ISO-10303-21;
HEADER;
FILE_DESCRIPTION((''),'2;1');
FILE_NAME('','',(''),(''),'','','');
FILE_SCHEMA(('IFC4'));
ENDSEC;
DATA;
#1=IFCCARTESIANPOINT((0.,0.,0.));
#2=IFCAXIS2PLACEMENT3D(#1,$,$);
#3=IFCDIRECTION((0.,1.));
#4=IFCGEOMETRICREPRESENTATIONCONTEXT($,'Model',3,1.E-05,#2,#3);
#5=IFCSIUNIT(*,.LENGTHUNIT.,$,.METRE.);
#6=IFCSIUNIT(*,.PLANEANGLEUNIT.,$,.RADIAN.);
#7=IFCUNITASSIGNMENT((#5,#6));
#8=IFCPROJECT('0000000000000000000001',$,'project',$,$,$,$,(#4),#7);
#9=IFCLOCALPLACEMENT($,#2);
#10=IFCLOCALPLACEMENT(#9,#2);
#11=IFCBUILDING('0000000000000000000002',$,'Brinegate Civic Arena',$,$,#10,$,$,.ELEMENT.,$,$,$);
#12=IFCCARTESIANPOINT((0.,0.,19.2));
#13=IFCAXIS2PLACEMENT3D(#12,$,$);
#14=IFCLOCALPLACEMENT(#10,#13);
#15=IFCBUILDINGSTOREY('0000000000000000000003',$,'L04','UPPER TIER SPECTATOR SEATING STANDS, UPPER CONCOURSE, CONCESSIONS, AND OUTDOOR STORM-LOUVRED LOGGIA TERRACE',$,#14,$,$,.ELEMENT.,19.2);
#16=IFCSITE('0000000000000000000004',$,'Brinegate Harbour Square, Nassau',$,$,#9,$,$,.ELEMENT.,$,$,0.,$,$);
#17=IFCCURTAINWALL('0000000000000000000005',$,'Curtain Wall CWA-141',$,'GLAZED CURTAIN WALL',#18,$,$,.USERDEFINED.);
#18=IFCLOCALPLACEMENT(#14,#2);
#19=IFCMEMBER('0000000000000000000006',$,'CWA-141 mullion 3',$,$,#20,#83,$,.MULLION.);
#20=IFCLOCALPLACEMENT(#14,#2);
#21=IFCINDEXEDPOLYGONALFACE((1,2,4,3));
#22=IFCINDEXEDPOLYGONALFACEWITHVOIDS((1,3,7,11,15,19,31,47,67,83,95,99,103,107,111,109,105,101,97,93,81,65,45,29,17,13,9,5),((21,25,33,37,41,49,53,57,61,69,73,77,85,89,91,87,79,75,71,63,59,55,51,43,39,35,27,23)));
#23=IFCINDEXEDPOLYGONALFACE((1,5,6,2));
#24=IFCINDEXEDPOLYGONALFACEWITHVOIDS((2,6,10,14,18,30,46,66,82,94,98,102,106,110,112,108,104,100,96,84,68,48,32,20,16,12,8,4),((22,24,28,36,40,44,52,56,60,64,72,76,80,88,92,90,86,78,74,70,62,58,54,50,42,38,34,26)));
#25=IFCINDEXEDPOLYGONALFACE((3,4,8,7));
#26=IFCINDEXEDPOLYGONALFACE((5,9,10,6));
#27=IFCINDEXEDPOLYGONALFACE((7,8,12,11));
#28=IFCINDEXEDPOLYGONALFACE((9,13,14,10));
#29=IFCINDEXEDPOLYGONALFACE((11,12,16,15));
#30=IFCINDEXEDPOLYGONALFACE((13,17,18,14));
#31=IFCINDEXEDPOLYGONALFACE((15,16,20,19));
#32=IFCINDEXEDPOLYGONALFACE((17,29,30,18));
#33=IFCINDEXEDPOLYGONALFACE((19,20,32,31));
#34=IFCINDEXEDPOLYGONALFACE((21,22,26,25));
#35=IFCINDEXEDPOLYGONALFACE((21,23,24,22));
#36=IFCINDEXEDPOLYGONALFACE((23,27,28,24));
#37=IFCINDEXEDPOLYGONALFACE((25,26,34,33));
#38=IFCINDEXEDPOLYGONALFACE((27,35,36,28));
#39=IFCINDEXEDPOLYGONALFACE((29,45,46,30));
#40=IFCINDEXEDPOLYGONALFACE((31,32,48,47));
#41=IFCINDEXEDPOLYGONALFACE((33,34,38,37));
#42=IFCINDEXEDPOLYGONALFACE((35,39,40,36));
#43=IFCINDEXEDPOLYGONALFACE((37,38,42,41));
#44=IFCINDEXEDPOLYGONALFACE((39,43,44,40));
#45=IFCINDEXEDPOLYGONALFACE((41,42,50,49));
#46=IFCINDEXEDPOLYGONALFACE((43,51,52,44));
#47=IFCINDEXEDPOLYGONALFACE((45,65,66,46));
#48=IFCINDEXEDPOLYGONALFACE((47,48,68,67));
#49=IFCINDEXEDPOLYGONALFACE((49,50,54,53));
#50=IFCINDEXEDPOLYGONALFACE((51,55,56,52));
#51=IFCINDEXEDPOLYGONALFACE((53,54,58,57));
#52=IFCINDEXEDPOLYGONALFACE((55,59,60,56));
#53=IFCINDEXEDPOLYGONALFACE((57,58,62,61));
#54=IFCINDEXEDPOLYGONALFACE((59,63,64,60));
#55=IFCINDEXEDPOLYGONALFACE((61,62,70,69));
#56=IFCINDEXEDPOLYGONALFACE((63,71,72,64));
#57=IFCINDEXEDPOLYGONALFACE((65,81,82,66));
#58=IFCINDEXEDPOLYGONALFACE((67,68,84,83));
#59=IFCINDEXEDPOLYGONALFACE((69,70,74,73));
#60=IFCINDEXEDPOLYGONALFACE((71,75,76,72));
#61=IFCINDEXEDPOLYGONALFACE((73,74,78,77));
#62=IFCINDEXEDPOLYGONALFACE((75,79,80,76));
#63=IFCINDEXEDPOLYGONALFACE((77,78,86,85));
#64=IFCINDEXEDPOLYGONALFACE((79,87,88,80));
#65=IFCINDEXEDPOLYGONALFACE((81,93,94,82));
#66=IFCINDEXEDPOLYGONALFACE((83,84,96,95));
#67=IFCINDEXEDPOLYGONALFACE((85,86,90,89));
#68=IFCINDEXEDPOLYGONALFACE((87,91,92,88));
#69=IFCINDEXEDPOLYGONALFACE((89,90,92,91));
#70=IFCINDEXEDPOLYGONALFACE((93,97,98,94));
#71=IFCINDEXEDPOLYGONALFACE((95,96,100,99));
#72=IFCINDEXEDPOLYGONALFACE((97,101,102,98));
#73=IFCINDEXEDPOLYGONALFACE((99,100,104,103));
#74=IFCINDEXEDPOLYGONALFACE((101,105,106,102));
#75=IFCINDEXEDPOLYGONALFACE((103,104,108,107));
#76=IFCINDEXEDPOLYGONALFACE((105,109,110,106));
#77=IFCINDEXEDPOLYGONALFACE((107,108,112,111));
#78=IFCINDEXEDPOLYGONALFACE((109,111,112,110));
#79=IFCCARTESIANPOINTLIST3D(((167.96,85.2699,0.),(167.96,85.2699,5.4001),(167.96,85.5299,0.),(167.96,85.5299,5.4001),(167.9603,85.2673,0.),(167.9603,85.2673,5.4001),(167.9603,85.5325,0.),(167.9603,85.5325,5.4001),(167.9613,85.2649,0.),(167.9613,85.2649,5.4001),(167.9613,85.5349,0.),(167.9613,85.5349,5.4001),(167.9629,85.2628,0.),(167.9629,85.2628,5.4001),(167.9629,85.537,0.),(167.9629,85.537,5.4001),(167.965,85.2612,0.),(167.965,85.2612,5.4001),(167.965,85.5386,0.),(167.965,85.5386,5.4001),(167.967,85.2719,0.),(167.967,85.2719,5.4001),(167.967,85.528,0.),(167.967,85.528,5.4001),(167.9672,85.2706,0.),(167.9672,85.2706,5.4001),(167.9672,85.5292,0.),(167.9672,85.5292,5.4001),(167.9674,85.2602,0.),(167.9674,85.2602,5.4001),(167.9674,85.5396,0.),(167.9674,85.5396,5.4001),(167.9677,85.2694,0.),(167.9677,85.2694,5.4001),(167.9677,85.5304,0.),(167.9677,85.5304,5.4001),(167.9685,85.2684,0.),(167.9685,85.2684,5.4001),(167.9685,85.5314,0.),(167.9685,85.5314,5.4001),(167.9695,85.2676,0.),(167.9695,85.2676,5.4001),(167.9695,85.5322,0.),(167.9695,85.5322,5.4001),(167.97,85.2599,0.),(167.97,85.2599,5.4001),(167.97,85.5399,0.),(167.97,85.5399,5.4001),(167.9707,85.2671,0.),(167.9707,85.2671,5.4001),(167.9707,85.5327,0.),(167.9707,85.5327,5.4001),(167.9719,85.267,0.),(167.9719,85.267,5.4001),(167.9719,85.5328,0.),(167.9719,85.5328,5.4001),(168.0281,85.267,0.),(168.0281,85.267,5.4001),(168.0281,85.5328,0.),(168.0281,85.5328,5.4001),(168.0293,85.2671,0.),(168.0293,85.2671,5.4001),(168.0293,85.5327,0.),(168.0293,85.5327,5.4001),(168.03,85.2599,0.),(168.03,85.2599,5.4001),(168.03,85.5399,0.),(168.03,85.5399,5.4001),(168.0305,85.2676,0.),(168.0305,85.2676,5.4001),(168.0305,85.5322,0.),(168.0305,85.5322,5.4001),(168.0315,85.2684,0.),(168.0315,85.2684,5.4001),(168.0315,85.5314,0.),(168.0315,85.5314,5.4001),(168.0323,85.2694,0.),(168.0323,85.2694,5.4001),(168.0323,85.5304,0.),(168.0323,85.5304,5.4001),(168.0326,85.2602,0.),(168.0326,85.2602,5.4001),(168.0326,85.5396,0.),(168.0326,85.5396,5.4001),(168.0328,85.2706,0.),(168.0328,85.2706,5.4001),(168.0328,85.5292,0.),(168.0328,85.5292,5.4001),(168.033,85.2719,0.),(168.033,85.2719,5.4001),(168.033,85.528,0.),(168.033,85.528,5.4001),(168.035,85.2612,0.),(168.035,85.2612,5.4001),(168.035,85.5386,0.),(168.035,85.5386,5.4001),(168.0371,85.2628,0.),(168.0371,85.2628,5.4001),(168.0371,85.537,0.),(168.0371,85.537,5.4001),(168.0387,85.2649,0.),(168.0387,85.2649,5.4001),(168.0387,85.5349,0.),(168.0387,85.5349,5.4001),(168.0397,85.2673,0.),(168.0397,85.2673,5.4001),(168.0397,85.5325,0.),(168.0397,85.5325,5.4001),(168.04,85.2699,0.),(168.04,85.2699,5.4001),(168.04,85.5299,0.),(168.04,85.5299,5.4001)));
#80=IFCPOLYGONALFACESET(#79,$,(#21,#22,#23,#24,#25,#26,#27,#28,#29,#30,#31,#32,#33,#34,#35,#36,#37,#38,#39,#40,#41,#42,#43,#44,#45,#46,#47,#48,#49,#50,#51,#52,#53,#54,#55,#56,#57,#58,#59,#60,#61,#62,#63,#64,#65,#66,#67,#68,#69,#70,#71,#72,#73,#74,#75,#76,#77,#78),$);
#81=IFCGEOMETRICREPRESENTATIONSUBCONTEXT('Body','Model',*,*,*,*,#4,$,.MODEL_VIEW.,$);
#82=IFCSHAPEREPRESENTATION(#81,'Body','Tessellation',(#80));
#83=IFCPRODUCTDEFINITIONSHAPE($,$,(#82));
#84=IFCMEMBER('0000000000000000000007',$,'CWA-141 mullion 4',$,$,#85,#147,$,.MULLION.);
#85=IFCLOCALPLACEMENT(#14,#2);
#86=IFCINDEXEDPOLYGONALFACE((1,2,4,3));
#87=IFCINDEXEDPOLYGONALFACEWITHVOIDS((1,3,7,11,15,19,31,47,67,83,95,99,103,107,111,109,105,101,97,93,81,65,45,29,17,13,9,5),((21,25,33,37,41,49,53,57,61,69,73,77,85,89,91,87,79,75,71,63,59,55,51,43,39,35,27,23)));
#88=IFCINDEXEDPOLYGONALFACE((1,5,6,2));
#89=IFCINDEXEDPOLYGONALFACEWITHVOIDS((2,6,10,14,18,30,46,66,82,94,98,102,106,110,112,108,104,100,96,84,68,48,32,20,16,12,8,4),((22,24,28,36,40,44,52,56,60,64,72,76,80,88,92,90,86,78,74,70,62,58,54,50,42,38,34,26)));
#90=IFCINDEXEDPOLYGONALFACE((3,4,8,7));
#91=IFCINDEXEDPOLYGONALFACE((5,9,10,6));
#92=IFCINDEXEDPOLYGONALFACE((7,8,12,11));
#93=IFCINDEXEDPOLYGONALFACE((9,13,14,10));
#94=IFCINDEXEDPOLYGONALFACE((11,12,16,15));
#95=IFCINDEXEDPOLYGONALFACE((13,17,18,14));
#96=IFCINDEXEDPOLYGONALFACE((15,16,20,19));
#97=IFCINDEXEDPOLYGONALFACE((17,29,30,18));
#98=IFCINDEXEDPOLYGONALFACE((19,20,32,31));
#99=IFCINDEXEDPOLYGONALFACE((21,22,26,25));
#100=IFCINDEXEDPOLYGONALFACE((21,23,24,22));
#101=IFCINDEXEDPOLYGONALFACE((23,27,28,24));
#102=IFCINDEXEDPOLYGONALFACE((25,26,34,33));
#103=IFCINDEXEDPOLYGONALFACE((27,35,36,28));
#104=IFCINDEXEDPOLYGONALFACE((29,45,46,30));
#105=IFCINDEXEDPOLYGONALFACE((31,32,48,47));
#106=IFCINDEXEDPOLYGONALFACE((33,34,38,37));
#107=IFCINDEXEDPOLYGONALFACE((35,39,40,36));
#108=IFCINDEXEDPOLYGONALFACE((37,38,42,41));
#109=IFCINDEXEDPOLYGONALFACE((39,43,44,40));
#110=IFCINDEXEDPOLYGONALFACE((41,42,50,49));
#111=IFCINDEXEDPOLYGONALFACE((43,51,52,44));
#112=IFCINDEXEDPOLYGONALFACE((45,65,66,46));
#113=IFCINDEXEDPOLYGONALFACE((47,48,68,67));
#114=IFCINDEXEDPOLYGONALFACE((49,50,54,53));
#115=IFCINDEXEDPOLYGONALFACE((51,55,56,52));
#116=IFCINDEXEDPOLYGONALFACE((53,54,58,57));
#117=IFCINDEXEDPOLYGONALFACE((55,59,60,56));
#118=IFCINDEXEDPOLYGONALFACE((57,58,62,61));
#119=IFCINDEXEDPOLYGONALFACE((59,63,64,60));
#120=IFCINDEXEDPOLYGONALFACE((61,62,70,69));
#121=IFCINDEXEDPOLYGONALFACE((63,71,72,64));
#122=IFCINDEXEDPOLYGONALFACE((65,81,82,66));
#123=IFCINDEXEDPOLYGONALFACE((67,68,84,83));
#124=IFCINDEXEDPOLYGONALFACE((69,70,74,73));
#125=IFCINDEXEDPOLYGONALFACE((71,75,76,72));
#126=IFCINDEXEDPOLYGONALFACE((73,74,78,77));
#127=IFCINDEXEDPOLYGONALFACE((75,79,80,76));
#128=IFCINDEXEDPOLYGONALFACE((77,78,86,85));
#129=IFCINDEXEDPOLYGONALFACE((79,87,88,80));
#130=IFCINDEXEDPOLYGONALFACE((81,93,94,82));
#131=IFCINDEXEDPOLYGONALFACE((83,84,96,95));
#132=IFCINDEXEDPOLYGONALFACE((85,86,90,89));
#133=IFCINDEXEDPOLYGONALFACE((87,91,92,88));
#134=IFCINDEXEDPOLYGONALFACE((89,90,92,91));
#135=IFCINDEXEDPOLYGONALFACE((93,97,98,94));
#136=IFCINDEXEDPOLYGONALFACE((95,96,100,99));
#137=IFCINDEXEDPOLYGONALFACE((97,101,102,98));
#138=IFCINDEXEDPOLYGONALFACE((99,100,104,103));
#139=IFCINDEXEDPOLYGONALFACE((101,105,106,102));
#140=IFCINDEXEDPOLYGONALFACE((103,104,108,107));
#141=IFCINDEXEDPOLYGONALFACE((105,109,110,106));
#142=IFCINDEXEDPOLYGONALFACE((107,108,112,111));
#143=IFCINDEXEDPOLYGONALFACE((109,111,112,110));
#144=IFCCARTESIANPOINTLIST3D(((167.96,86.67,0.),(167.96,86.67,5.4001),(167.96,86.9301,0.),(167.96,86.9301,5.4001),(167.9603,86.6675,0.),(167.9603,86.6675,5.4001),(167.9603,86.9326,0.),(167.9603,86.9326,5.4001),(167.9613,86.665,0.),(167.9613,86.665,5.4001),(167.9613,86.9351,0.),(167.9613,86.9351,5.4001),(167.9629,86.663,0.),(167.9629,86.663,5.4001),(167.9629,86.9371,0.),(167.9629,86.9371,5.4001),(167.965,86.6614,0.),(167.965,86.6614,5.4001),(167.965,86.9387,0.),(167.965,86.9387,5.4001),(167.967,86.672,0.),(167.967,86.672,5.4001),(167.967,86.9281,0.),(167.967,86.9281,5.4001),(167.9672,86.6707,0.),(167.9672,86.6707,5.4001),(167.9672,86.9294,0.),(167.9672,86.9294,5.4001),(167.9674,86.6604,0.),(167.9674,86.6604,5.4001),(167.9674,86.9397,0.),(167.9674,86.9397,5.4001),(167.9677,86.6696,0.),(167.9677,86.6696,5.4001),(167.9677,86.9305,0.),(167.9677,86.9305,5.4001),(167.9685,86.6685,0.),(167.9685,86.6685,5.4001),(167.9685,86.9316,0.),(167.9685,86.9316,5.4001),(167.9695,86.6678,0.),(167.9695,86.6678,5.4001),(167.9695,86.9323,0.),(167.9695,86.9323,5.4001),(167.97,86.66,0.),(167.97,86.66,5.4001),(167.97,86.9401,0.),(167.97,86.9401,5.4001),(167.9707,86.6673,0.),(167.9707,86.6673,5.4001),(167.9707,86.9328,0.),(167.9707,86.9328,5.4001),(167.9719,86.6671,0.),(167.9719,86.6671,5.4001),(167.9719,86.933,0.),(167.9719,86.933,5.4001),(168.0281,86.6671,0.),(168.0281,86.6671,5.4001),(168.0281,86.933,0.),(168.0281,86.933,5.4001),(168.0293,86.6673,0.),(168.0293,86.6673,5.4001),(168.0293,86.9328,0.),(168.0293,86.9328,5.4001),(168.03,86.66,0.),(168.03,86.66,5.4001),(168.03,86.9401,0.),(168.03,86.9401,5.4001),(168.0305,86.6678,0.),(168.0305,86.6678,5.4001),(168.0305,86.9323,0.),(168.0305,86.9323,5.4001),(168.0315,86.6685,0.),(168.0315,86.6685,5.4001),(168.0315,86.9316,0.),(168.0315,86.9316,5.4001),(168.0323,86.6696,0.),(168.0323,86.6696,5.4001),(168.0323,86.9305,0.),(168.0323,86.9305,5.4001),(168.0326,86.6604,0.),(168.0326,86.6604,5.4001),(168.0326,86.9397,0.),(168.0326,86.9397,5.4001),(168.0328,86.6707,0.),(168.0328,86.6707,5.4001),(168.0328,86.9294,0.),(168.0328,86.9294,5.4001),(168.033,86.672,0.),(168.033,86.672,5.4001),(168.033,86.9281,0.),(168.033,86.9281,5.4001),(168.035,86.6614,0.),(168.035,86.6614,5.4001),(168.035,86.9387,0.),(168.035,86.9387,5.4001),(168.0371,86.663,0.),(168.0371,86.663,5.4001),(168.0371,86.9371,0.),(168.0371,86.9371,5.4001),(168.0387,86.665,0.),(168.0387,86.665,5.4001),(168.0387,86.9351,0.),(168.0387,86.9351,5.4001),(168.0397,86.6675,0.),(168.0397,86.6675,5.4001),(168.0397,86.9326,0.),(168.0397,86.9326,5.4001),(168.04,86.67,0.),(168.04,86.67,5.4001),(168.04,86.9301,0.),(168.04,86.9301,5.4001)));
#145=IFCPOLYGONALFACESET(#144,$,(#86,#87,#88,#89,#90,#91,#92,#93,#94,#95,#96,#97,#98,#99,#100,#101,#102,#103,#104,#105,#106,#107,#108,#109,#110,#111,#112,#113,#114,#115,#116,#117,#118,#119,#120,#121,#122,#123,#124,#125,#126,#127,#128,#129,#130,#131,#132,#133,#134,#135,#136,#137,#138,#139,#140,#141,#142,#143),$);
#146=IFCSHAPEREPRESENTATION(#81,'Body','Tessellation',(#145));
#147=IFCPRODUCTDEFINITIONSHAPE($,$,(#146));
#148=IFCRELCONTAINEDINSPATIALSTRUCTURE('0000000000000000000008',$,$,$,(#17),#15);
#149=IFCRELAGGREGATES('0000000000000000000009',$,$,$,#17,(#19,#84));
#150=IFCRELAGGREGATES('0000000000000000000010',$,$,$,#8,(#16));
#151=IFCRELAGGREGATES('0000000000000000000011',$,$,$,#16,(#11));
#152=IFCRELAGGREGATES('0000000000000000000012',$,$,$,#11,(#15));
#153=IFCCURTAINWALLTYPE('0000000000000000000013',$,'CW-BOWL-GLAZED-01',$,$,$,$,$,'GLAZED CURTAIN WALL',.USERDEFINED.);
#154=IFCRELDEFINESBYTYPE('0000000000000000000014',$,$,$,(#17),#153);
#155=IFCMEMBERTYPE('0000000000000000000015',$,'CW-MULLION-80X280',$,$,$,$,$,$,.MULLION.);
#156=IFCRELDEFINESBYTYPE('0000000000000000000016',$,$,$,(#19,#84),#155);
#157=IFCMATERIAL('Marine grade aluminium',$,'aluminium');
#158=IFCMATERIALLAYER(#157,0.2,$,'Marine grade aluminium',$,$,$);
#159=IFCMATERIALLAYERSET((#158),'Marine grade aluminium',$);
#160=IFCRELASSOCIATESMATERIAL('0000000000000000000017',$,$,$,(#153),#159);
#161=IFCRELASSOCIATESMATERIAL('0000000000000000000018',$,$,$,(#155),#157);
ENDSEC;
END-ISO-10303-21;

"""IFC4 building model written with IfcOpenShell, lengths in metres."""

from ifc_helpers import new_model, si_unit, direction, frame, origin, origin_2d, place, context, subcontext, project, spatial, hollow_rectangle, extrude, material, layer, layer_set, material_profile, profile_set, type_object, element, aggregate, save


model = new_model("IFC4")

# Units and contexts
model_context = context("Model", 3, precision=1e-05, world=origin(), true_north=direction((0.0, 1.0)))
body_context = subcontext(model_context, "Body", "Model", "MODEL_VIEW")
ifc_project = project(units=[si_unit("LENGTHUNIT", "METRE"), si_unit("PLANEANGLEUNIT", "RADIAN")], contexts=[model_context])

# Site, building, storey
site_placement = place(None, origin())
site = spatial("IfcSite", under=ifc_project, at=site_placement, Name="Brinegate Harbour Square, Nassau", CompositionType="ELEMENT", RefElevation=0.0)
building_placement = place(site_placement, origin())
building = spatial("IfcBuilding", under=site, at=building_placement, Name="Brinegate Civic Arena", CompositionType="ELEMENT")
storey_placement = place(building_placement, frame((0.0, 0.0, 19.2)))
storey = spatial("IfcBuildingStorey", under=building, at=storey_placement, Name="L04", Description="UPPER TIER SPECTATOR SEATING STANDS, UPPER CONCOURSE, CONCESSIONS, AND OUTDOOR STORM-LOUVRED LOGGIA TERRACE", CompositionType="ELEMENT", Elevation=19.2)

# Curtain wall, members
ifc_material_1 = material(Name="Marine grade aluminium", Category="aluminium")
ifc_layer_1 = layer(ifc_material_1, 0.2, Name="Marine grade aluminium")
ifc_layer_set_1 = layer_set([ifc_layer_1], Name="Marine grade aluminium")
curtain_wall_type = type_object("IfcCurtainWallType", Name="CW-BOWL-GLAZED-01", ElementType="GLAZED CURTAIN WALL", PredefinedType="USERDEFINED", material=ifc_layer_set_1)
curtain_wall_placement = place(storey_placement, origin())
curtain_wall = element("IfcCurtainWall", 1, at=curtain_wall_placement, inside=storey, type_object=curtain_wall_type, Name="Curtain Wall CWA-141", ObjectType="GLAZED CURTAIN WALL", PredefinedType="USERDEFINED")
ifc_material_profile_1 = material_profile(ifc_material_1, hollow_rectangle(XDim=0.0801, YDim=0.28, WallThickness=0.0071, InnerFilletRadius=0.0049, OuterFilletRadius=0.01, at=origin_2d()), Name="MUL80X280")
ifc_profile_set_1 = profile_set([ifc_material_profile_1], Name="Marine grade aluminium")
member_type_1 = type_object("IfcMemberType", Name="CW-MULLION-80X280", PredefinedType="MULLION", material=ifc_profile_set_1)
member_1_placement = place(storey_placement, frame((168.0, 85.3999, 0.0), z_axis=(0.0, 0.0, 1.0), x_axis=(-1.0, 0.0, 0.0)))
member_1 = element("IfcMember", 2, at=member_1_placement, type_object=member_type_1, Name="CWA-141 mullion 3", PredefinedType="MULLION", context=body_context, shape_type="SweptSolid", body=[
    extrude(hollow_rectangle(XDim=0.0801, YDim=0.28, WallThickness=0.0071, InnerFilletRadius=0.0049, OuterFilletRadius=0.01, at=origin_2d()), origin(), (0.0, 0.0, 1.0), 5.4001),
])
member_2_placement = place(storey_placement, frame((168.0, 86.8, 0.0), z_axis=(0.0, 0.0, 1.0), x_axis=(-1.0, 0.0, 0.0)))
member_2 = element("IfcMember", 3, at=member_2_placement, type_object=member_type_1, Name="CWA-141 mullion 4", PredefinedType="MULLION", context=body_context, shape_type="SweptSolid", body=[
    extrude(hollow_rectangle(XDim=0.0801, YDim=0.28, WallThickness=0.0071, InnerFilletRadius=0.0049, OuterFilletRadius=0.01, at=origin_2d()), origin(), (0.0, 0.0, 1.0), 5.4001),
])

aggregate(curtain_wall, [member_1, member_2])

save(model, "model.ifc")
